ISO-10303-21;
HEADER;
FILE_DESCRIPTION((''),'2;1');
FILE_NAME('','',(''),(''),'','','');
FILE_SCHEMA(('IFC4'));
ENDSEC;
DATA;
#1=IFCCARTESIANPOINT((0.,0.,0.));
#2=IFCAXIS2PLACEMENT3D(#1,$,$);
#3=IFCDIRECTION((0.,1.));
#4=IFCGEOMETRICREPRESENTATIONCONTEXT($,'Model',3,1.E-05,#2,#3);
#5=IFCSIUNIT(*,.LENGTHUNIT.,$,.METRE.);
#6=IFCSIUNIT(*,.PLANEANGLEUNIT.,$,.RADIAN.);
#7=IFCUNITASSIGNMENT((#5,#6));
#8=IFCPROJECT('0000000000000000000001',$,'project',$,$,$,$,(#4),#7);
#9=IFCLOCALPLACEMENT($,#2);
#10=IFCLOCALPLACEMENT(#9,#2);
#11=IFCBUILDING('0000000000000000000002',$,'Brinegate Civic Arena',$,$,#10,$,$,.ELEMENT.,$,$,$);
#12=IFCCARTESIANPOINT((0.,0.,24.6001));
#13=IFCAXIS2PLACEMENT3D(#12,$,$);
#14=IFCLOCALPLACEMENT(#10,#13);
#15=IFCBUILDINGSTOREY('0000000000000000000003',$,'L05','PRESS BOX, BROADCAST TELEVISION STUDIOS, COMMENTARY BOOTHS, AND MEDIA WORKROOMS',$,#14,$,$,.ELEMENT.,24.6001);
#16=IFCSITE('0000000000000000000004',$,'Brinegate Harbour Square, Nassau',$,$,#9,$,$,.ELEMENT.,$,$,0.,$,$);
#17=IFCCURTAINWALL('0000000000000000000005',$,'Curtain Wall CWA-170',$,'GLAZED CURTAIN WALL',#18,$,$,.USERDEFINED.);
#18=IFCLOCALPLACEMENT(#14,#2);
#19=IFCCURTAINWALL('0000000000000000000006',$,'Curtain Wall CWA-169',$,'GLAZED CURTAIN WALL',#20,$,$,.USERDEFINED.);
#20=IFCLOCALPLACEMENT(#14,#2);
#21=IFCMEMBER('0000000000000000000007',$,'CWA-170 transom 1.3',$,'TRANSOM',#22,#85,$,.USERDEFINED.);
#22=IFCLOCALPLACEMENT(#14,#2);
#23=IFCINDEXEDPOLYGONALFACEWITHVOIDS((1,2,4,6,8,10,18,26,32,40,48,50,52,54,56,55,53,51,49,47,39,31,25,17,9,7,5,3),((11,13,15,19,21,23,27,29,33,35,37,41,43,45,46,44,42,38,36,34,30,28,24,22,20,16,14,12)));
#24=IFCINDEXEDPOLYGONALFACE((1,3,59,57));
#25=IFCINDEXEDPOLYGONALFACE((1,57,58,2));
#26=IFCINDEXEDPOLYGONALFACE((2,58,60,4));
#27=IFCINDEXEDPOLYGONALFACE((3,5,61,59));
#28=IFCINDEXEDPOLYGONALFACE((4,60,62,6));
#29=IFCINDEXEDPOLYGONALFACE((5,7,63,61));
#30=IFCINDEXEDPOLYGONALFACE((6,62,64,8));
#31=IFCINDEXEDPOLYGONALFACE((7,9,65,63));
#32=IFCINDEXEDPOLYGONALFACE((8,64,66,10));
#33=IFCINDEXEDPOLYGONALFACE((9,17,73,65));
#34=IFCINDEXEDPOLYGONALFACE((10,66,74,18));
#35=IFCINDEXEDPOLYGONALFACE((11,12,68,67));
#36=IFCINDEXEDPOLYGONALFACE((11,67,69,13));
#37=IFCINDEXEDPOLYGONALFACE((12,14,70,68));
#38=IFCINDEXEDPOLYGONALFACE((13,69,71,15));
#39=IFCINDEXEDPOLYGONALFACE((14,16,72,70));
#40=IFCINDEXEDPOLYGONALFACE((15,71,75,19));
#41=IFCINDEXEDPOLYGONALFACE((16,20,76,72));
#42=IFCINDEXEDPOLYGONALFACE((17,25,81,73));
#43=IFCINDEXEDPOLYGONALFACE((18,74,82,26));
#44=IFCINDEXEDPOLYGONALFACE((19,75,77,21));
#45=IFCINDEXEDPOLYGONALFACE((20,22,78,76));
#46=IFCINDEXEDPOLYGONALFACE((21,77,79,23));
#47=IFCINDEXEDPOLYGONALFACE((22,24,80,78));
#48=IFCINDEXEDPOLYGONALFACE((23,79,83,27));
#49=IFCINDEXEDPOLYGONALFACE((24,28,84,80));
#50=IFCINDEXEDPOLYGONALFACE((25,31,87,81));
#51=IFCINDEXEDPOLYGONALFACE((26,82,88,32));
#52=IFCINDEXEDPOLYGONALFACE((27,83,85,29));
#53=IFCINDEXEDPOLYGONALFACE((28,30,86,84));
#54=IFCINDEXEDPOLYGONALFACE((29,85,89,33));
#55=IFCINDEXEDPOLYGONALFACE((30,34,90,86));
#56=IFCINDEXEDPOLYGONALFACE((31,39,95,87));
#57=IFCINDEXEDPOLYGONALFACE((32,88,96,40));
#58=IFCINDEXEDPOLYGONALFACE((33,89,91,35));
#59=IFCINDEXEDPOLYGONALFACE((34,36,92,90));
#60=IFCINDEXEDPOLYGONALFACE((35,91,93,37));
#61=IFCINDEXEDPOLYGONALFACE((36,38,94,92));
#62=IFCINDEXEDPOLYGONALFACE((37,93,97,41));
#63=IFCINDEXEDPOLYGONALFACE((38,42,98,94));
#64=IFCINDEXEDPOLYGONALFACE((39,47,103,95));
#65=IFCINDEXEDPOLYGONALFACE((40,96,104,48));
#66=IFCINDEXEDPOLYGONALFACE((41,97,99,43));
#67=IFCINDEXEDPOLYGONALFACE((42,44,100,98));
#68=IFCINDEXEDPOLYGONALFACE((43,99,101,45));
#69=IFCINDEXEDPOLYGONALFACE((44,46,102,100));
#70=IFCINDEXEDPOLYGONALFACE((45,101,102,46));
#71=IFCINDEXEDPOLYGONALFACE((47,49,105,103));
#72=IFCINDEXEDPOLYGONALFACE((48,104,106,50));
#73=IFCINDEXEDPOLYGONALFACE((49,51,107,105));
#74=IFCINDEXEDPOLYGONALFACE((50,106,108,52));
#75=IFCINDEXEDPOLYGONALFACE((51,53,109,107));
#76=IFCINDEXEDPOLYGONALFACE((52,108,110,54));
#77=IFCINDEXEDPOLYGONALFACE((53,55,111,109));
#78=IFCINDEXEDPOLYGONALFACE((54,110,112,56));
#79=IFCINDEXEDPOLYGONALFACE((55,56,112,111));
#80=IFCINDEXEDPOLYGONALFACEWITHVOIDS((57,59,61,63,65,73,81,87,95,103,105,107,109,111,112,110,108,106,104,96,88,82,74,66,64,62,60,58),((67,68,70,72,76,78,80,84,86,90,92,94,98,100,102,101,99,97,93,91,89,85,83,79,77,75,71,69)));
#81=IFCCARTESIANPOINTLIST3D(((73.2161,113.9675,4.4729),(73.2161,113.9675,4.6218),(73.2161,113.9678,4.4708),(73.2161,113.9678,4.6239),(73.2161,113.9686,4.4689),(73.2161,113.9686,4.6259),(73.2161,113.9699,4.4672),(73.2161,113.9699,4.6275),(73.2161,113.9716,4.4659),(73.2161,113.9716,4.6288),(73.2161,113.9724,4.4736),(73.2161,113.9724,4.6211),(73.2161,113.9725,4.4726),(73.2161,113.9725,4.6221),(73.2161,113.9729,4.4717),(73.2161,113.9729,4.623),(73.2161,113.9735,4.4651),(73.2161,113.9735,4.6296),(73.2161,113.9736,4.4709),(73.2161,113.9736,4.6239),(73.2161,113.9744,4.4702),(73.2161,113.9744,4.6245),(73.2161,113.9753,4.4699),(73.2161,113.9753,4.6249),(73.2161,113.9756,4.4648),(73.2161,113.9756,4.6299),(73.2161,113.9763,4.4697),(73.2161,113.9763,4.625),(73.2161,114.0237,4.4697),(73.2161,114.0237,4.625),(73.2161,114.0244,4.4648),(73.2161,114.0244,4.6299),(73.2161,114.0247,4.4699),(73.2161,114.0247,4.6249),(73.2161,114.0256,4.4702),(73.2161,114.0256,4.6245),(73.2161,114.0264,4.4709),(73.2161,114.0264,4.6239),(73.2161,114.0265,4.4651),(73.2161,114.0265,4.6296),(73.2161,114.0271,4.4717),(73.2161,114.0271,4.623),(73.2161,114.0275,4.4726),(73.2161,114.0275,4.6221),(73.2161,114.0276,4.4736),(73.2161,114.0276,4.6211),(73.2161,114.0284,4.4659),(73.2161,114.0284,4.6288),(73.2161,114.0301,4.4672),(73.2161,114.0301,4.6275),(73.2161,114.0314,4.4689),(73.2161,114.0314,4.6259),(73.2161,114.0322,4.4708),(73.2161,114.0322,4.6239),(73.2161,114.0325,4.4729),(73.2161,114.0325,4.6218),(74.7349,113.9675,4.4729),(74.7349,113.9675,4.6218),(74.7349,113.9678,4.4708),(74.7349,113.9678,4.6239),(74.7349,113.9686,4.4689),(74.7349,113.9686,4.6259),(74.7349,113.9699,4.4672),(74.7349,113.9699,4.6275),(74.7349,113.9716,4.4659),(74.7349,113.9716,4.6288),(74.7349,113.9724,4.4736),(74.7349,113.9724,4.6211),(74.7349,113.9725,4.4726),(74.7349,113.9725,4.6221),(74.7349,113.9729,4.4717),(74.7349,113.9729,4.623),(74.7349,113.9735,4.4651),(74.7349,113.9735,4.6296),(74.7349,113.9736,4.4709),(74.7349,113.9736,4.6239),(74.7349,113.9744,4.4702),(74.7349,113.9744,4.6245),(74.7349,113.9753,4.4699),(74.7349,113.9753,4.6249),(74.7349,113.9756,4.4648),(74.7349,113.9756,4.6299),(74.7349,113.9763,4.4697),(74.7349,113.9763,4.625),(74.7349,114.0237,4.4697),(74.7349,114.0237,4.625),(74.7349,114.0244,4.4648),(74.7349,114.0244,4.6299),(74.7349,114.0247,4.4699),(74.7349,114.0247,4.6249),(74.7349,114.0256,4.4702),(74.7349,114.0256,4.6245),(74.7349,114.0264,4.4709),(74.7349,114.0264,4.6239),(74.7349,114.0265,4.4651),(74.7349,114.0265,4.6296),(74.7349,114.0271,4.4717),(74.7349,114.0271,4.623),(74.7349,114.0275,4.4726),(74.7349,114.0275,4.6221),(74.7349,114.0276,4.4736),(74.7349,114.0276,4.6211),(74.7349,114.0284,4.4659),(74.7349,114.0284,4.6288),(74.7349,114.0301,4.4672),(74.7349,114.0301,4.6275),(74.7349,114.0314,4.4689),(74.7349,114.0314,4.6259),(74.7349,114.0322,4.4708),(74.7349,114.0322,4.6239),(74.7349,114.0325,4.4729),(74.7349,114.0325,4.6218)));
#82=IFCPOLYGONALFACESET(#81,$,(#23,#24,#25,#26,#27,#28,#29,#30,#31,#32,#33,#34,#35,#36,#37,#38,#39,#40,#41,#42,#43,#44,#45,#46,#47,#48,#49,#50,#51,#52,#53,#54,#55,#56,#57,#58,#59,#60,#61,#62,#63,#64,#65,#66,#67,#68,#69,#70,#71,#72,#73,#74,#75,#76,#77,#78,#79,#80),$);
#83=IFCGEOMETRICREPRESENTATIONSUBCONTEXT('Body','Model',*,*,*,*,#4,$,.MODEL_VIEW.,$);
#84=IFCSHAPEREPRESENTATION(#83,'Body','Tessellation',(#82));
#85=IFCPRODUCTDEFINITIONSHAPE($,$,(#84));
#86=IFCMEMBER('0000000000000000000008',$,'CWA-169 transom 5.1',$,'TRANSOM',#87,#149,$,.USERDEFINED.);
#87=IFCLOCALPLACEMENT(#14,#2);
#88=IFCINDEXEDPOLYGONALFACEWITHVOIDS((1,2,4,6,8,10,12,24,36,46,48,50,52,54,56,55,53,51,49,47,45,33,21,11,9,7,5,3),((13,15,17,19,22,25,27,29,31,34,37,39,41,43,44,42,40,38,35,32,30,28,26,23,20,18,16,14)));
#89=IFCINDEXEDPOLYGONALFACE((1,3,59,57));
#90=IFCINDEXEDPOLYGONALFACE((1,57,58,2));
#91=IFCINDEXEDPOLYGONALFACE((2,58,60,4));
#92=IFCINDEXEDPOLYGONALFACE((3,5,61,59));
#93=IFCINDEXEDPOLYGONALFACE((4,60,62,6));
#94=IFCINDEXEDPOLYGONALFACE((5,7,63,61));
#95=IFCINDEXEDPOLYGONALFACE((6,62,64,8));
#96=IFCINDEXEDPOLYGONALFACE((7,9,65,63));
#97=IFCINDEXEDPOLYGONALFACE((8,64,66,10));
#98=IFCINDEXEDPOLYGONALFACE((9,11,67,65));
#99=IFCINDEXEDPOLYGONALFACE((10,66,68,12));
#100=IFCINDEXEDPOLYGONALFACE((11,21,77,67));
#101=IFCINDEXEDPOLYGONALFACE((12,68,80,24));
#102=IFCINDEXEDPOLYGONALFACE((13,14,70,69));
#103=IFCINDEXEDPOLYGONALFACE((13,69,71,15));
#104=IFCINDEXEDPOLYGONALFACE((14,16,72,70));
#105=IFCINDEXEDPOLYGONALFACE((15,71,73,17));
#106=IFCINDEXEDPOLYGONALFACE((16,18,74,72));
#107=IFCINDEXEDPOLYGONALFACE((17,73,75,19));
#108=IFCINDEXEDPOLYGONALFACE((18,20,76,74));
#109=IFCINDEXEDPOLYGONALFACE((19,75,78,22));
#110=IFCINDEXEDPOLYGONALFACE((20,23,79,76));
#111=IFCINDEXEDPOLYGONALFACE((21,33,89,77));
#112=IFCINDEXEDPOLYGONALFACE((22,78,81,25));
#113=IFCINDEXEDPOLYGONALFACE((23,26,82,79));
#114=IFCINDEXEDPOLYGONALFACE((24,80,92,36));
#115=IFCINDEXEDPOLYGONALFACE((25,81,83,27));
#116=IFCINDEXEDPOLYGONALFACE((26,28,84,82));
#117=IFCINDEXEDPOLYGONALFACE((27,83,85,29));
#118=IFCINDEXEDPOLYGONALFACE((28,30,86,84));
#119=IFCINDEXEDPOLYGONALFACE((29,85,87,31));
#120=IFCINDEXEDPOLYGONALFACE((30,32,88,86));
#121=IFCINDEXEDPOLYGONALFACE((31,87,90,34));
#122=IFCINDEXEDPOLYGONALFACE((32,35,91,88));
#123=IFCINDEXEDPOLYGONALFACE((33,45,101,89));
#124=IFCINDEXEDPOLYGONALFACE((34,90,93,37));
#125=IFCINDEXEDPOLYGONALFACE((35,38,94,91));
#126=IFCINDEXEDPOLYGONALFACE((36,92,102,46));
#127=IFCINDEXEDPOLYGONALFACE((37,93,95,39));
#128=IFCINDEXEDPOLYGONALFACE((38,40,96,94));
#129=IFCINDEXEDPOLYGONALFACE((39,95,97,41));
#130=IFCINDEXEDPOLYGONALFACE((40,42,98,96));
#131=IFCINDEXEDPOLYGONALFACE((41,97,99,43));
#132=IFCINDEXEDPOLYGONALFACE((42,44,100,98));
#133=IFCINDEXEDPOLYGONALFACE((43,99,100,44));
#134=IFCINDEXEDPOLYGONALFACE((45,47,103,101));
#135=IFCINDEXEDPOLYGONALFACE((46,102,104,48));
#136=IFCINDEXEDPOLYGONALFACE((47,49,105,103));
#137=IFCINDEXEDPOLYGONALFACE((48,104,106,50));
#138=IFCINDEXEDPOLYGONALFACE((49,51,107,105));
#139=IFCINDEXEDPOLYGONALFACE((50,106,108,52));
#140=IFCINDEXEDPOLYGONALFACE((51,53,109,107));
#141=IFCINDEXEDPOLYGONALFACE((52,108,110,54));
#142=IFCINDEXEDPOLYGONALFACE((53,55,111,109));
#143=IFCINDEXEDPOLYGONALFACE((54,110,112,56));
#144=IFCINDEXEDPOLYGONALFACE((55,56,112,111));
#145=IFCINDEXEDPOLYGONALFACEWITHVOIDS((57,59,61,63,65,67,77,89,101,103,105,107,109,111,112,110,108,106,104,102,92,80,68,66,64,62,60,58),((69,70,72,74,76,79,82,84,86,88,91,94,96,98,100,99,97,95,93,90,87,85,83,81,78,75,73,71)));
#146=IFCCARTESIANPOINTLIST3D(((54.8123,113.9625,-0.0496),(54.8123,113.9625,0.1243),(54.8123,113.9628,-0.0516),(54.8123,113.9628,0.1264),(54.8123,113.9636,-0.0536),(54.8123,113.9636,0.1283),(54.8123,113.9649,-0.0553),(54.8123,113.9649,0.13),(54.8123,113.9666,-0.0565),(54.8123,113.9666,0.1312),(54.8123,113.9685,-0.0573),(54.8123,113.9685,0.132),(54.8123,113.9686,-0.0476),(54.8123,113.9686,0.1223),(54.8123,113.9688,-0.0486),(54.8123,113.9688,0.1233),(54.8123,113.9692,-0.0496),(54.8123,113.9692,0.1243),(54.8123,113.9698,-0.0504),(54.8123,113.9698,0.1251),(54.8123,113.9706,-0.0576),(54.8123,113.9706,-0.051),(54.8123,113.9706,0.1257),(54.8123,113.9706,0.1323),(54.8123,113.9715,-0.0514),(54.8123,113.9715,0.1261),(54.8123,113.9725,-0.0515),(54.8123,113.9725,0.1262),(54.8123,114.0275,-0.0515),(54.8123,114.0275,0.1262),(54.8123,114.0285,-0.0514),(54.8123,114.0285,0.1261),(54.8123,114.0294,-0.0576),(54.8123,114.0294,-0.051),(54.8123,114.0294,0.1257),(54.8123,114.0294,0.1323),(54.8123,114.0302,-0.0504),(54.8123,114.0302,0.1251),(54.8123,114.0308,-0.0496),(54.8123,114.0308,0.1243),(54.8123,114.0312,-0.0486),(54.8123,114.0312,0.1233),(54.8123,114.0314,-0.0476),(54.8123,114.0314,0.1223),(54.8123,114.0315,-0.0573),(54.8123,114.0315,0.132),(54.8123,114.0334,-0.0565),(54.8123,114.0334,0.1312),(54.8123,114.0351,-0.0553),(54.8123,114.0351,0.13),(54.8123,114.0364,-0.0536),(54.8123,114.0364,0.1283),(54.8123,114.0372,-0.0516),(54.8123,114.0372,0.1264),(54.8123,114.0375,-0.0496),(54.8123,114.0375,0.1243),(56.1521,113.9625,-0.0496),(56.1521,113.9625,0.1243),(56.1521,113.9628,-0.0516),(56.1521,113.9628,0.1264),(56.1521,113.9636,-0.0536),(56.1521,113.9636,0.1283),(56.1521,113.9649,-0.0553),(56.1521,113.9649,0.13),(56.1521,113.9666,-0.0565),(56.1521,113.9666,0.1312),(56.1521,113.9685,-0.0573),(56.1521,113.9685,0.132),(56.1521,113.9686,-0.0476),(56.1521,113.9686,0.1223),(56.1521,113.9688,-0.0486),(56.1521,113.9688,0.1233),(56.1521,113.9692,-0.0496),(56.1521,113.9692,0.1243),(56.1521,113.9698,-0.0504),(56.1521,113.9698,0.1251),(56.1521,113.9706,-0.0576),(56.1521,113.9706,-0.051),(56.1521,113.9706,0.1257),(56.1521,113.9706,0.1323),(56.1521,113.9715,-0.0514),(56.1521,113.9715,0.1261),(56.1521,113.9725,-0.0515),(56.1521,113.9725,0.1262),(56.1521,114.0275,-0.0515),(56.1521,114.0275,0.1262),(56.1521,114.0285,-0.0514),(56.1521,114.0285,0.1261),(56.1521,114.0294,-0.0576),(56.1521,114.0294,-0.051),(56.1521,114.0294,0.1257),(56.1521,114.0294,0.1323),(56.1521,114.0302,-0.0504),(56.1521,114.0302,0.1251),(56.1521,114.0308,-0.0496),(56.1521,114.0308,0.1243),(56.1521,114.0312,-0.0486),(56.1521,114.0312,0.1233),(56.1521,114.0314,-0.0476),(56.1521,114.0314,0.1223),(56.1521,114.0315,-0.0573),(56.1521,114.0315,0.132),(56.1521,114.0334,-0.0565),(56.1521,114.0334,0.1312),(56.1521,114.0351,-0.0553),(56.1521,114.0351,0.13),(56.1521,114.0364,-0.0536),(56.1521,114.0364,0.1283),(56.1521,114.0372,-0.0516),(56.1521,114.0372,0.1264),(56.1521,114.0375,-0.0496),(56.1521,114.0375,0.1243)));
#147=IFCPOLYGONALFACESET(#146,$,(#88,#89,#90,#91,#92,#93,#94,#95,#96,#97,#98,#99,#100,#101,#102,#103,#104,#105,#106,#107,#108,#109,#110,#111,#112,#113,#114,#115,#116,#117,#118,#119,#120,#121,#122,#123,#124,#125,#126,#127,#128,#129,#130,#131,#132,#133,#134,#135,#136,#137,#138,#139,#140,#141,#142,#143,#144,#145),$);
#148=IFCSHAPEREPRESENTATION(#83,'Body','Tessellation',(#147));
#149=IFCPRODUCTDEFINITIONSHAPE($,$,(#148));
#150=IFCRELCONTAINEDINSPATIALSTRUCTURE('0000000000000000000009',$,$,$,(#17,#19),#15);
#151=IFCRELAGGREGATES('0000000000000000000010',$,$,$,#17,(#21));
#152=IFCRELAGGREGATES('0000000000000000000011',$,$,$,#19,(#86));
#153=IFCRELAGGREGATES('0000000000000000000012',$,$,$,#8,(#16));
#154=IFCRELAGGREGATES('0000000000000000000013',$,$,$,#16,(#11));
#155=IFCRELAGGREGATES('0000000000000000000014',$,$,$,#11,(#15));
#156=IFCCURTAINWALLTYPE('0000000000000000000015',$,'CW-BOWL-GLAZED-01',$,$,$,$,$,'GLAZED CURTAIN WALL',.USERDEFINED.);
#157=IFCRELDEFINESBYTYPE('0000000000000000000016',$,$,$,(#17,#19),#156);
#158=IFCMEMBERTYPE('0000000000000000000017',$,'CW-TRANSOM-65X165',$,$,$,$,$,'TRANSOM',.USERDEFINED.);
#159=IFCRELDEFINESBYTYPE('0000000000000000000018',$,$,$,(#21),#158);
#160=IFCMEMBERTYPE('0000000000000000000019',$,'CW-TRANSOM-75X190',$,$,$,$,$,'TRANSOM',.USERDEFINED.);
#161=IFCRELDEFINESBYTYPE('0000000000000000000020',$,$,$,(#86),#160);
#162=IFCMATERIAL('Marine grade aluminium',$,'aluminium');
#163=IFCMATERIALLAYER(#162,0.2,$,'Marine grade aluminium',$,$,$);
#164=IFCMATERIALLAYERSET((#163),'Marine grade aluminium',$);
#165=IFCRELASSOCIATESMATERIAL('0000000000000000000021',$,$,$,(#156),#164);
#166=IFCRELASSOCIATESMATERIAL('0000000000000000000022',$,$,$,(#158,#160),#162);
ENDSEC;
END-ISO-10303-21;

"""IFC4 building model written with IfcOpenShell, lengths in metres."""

from ifc_helpers import new_model, si_unit, direction, frame, origin, origin_2d, place, context, subcontext, project, spatial, hollow_rectangle, extrude, material, layer, layer_set, material_profile, profile_set, type_object, element, aggregate, save


model = new_model("IFC4")

# Units and contexts
model_context = context("Model", 3, precision=1e-05, world=origin(), true_north=direction((0.0, 1.0)))
body_context = subcontext(model_context, "Body", "Model", "MODEL_VIEW")
ifc_project = project(units=[si_unit("LENGTHUNIT", "METRE"), si_unit("PLANEANGLEUNIT", "RADIAN")], contexts=[model_context])

# Site, building, storey
site_placement = place(None, origin())
site = spatial("IfcSite", under=ifc_project, at=site_placement, Name="Brinegate Harbour Square, Nassau", CompositionType="ELEMENT", RefElevation=0.0)
building_placement = place(site_placement, origin())
building = spatial("IfcBuilding", under=site, at=building_placement, Name="Brinegate Civic Arena", CompositionType="ELEMENT")
storey_placement = place(building_placement, frame((0.0, 0.0, 24.6001)))
storey = spatial("IfcBuildingStorey", under=building, at=storey_placement, Name="L05", Description="PRESS BOX, BROADCAST TELEVISION STUDIOS, COMMENTARY BOOTHS, AND MEDIA WORKROOMS", CompositionType="ELEMENT", Elevation=24.6001)

# Curtain wall
ifc_material_1 = material(Name="Marine grade aluminium", Category="aluminium")
ifc_layer_1 = layer(ifc_material_1, 0.2, Name="Marine grade aluminium")
ifc_layer_set_1 = layer_set([ifc_layer_1], Name="Marine grade aluminium")
curtain_wall_type = type_object("IfcCurtainWallType", Name="CW-BOWL-GLAZED-01", ElementType="GLAZED CURTAIN WALL", PredefinedType="USERDEFINED", material=ifc_layer_set_1)
curtain_wall_1_placement = place(storey_placement, origin())
curtain_wall_1 = element("IfcCurtainWall", 1, at=curtain_wall_1_placement, inside=storey, type_object=curtain_wall_type, Name="Curtain Wall CWA-170", ObjectType="GLAZED CURTAIN WALL", PredefinedType="USERDEFINED")

# Curtain wall
curtain_wall_2_placement = place(storey_placement, origin())
curtain_wall_2 = element("IfcCurtainWall", 2, at=curtain_wall_2_placement, inside=storey, type_object=curtain_wall_type, Name="Curtain Wall CWA-169", ObjectType="GLAZED CURTAIN WALL", PredefinedType="USERDEFINED")

# Members
ifc_material_profile_1 = material_profile(ifc_material_1, hollow_rectangle(XDim=0.0649, YDim=0.165, WallThickness=0.0049, InnerFilletRadius=0.0039, OuterFilletRadius=0.0081, at=origin_2d()), Name="TRN65X165")
ifc_profile_set_1 = profile_set([ifc_material_profile_1], Name="Marine grade aluminium")
member_type_1 = type_object("IfcMemberType", Name="CW-TRANSOM-65X165", ElementType="TRANSOM", PredefinedType="USERDEFINED", material=ifc_profile_set_1)
member_1_placement = place(storey_placement, frame((73.2161, 114.0, 4.5474), z_axis=(1.0, 0.0, 0.0), x_axis=(0.0, 1.0, 0.0)))
member_1 = element("IfcMember", 3, at=member_1_placement, type_object=member_type_1, Name="CWA-170 transom 1.3", ObjectType="TRANSOM", PredefinedType="USERDEFINED", context=body_context, shape_type="SweptSolid", body=[
    extrude(hollow_rectangle(XDim=0.0649, YDim=0.165, WallThickness=0.0049, InnerFilletRadius=0.0039, OuterFilletRadius=0.0081, at=origin_2d()), origin(), (0.0, 0.0, 1.0), 1.5188),
])
ifc_material_profile_2 = material_profile(ifc_material_1, hollow_rectangle(XDim=0.075, YDim=0.1899, WallThickness=0.0061, InnerFilletRadius=0.0039, OuterFilletRadius=0.0081, at=origin_2d()), Name="TRN75X190")
ifc_profile_set_2 = profile_set([ifc_material_profile_2], Name="Marine grade aluminium")
member_type_2 = type_object("IfcMemberType", Name="CW-TRANSOM-75X190", ElementType="TRANSOM", PredefinedType="USERDEFINED", material=ifc_profile_set_2)
member_2_placement = place(storey_placement, frame((54.8123, 114.0, 0.0374), z_axis=(1.0, 0.0, 0.0), x_axis=(0.0, 1.0, 0.0)))
member_2 = element("IfcMember", 4, at=member_2_placement, type_object=member_type_2, Name="CWA-169 transom 5.1", ObjectType="TRANSOM", PredefinedType="USERDEFINED", context=body_context, shape_type="SweptSolid", body=[
    extrude(hollow_rectangle(XDim=0.075, YDim=0.1899, WallThickness=0.0061, InnerFilletRadius=0.0039, OuterFilletRadius=0.0081, at=origin_2d()), origin(), (0.0, 0.0, 1.0), 1.3398),
])

aggregate(curtain_wall_1, [member_1])
aggregate(curtain_wall_2, [member_2])

save(model, "model.ifc")
